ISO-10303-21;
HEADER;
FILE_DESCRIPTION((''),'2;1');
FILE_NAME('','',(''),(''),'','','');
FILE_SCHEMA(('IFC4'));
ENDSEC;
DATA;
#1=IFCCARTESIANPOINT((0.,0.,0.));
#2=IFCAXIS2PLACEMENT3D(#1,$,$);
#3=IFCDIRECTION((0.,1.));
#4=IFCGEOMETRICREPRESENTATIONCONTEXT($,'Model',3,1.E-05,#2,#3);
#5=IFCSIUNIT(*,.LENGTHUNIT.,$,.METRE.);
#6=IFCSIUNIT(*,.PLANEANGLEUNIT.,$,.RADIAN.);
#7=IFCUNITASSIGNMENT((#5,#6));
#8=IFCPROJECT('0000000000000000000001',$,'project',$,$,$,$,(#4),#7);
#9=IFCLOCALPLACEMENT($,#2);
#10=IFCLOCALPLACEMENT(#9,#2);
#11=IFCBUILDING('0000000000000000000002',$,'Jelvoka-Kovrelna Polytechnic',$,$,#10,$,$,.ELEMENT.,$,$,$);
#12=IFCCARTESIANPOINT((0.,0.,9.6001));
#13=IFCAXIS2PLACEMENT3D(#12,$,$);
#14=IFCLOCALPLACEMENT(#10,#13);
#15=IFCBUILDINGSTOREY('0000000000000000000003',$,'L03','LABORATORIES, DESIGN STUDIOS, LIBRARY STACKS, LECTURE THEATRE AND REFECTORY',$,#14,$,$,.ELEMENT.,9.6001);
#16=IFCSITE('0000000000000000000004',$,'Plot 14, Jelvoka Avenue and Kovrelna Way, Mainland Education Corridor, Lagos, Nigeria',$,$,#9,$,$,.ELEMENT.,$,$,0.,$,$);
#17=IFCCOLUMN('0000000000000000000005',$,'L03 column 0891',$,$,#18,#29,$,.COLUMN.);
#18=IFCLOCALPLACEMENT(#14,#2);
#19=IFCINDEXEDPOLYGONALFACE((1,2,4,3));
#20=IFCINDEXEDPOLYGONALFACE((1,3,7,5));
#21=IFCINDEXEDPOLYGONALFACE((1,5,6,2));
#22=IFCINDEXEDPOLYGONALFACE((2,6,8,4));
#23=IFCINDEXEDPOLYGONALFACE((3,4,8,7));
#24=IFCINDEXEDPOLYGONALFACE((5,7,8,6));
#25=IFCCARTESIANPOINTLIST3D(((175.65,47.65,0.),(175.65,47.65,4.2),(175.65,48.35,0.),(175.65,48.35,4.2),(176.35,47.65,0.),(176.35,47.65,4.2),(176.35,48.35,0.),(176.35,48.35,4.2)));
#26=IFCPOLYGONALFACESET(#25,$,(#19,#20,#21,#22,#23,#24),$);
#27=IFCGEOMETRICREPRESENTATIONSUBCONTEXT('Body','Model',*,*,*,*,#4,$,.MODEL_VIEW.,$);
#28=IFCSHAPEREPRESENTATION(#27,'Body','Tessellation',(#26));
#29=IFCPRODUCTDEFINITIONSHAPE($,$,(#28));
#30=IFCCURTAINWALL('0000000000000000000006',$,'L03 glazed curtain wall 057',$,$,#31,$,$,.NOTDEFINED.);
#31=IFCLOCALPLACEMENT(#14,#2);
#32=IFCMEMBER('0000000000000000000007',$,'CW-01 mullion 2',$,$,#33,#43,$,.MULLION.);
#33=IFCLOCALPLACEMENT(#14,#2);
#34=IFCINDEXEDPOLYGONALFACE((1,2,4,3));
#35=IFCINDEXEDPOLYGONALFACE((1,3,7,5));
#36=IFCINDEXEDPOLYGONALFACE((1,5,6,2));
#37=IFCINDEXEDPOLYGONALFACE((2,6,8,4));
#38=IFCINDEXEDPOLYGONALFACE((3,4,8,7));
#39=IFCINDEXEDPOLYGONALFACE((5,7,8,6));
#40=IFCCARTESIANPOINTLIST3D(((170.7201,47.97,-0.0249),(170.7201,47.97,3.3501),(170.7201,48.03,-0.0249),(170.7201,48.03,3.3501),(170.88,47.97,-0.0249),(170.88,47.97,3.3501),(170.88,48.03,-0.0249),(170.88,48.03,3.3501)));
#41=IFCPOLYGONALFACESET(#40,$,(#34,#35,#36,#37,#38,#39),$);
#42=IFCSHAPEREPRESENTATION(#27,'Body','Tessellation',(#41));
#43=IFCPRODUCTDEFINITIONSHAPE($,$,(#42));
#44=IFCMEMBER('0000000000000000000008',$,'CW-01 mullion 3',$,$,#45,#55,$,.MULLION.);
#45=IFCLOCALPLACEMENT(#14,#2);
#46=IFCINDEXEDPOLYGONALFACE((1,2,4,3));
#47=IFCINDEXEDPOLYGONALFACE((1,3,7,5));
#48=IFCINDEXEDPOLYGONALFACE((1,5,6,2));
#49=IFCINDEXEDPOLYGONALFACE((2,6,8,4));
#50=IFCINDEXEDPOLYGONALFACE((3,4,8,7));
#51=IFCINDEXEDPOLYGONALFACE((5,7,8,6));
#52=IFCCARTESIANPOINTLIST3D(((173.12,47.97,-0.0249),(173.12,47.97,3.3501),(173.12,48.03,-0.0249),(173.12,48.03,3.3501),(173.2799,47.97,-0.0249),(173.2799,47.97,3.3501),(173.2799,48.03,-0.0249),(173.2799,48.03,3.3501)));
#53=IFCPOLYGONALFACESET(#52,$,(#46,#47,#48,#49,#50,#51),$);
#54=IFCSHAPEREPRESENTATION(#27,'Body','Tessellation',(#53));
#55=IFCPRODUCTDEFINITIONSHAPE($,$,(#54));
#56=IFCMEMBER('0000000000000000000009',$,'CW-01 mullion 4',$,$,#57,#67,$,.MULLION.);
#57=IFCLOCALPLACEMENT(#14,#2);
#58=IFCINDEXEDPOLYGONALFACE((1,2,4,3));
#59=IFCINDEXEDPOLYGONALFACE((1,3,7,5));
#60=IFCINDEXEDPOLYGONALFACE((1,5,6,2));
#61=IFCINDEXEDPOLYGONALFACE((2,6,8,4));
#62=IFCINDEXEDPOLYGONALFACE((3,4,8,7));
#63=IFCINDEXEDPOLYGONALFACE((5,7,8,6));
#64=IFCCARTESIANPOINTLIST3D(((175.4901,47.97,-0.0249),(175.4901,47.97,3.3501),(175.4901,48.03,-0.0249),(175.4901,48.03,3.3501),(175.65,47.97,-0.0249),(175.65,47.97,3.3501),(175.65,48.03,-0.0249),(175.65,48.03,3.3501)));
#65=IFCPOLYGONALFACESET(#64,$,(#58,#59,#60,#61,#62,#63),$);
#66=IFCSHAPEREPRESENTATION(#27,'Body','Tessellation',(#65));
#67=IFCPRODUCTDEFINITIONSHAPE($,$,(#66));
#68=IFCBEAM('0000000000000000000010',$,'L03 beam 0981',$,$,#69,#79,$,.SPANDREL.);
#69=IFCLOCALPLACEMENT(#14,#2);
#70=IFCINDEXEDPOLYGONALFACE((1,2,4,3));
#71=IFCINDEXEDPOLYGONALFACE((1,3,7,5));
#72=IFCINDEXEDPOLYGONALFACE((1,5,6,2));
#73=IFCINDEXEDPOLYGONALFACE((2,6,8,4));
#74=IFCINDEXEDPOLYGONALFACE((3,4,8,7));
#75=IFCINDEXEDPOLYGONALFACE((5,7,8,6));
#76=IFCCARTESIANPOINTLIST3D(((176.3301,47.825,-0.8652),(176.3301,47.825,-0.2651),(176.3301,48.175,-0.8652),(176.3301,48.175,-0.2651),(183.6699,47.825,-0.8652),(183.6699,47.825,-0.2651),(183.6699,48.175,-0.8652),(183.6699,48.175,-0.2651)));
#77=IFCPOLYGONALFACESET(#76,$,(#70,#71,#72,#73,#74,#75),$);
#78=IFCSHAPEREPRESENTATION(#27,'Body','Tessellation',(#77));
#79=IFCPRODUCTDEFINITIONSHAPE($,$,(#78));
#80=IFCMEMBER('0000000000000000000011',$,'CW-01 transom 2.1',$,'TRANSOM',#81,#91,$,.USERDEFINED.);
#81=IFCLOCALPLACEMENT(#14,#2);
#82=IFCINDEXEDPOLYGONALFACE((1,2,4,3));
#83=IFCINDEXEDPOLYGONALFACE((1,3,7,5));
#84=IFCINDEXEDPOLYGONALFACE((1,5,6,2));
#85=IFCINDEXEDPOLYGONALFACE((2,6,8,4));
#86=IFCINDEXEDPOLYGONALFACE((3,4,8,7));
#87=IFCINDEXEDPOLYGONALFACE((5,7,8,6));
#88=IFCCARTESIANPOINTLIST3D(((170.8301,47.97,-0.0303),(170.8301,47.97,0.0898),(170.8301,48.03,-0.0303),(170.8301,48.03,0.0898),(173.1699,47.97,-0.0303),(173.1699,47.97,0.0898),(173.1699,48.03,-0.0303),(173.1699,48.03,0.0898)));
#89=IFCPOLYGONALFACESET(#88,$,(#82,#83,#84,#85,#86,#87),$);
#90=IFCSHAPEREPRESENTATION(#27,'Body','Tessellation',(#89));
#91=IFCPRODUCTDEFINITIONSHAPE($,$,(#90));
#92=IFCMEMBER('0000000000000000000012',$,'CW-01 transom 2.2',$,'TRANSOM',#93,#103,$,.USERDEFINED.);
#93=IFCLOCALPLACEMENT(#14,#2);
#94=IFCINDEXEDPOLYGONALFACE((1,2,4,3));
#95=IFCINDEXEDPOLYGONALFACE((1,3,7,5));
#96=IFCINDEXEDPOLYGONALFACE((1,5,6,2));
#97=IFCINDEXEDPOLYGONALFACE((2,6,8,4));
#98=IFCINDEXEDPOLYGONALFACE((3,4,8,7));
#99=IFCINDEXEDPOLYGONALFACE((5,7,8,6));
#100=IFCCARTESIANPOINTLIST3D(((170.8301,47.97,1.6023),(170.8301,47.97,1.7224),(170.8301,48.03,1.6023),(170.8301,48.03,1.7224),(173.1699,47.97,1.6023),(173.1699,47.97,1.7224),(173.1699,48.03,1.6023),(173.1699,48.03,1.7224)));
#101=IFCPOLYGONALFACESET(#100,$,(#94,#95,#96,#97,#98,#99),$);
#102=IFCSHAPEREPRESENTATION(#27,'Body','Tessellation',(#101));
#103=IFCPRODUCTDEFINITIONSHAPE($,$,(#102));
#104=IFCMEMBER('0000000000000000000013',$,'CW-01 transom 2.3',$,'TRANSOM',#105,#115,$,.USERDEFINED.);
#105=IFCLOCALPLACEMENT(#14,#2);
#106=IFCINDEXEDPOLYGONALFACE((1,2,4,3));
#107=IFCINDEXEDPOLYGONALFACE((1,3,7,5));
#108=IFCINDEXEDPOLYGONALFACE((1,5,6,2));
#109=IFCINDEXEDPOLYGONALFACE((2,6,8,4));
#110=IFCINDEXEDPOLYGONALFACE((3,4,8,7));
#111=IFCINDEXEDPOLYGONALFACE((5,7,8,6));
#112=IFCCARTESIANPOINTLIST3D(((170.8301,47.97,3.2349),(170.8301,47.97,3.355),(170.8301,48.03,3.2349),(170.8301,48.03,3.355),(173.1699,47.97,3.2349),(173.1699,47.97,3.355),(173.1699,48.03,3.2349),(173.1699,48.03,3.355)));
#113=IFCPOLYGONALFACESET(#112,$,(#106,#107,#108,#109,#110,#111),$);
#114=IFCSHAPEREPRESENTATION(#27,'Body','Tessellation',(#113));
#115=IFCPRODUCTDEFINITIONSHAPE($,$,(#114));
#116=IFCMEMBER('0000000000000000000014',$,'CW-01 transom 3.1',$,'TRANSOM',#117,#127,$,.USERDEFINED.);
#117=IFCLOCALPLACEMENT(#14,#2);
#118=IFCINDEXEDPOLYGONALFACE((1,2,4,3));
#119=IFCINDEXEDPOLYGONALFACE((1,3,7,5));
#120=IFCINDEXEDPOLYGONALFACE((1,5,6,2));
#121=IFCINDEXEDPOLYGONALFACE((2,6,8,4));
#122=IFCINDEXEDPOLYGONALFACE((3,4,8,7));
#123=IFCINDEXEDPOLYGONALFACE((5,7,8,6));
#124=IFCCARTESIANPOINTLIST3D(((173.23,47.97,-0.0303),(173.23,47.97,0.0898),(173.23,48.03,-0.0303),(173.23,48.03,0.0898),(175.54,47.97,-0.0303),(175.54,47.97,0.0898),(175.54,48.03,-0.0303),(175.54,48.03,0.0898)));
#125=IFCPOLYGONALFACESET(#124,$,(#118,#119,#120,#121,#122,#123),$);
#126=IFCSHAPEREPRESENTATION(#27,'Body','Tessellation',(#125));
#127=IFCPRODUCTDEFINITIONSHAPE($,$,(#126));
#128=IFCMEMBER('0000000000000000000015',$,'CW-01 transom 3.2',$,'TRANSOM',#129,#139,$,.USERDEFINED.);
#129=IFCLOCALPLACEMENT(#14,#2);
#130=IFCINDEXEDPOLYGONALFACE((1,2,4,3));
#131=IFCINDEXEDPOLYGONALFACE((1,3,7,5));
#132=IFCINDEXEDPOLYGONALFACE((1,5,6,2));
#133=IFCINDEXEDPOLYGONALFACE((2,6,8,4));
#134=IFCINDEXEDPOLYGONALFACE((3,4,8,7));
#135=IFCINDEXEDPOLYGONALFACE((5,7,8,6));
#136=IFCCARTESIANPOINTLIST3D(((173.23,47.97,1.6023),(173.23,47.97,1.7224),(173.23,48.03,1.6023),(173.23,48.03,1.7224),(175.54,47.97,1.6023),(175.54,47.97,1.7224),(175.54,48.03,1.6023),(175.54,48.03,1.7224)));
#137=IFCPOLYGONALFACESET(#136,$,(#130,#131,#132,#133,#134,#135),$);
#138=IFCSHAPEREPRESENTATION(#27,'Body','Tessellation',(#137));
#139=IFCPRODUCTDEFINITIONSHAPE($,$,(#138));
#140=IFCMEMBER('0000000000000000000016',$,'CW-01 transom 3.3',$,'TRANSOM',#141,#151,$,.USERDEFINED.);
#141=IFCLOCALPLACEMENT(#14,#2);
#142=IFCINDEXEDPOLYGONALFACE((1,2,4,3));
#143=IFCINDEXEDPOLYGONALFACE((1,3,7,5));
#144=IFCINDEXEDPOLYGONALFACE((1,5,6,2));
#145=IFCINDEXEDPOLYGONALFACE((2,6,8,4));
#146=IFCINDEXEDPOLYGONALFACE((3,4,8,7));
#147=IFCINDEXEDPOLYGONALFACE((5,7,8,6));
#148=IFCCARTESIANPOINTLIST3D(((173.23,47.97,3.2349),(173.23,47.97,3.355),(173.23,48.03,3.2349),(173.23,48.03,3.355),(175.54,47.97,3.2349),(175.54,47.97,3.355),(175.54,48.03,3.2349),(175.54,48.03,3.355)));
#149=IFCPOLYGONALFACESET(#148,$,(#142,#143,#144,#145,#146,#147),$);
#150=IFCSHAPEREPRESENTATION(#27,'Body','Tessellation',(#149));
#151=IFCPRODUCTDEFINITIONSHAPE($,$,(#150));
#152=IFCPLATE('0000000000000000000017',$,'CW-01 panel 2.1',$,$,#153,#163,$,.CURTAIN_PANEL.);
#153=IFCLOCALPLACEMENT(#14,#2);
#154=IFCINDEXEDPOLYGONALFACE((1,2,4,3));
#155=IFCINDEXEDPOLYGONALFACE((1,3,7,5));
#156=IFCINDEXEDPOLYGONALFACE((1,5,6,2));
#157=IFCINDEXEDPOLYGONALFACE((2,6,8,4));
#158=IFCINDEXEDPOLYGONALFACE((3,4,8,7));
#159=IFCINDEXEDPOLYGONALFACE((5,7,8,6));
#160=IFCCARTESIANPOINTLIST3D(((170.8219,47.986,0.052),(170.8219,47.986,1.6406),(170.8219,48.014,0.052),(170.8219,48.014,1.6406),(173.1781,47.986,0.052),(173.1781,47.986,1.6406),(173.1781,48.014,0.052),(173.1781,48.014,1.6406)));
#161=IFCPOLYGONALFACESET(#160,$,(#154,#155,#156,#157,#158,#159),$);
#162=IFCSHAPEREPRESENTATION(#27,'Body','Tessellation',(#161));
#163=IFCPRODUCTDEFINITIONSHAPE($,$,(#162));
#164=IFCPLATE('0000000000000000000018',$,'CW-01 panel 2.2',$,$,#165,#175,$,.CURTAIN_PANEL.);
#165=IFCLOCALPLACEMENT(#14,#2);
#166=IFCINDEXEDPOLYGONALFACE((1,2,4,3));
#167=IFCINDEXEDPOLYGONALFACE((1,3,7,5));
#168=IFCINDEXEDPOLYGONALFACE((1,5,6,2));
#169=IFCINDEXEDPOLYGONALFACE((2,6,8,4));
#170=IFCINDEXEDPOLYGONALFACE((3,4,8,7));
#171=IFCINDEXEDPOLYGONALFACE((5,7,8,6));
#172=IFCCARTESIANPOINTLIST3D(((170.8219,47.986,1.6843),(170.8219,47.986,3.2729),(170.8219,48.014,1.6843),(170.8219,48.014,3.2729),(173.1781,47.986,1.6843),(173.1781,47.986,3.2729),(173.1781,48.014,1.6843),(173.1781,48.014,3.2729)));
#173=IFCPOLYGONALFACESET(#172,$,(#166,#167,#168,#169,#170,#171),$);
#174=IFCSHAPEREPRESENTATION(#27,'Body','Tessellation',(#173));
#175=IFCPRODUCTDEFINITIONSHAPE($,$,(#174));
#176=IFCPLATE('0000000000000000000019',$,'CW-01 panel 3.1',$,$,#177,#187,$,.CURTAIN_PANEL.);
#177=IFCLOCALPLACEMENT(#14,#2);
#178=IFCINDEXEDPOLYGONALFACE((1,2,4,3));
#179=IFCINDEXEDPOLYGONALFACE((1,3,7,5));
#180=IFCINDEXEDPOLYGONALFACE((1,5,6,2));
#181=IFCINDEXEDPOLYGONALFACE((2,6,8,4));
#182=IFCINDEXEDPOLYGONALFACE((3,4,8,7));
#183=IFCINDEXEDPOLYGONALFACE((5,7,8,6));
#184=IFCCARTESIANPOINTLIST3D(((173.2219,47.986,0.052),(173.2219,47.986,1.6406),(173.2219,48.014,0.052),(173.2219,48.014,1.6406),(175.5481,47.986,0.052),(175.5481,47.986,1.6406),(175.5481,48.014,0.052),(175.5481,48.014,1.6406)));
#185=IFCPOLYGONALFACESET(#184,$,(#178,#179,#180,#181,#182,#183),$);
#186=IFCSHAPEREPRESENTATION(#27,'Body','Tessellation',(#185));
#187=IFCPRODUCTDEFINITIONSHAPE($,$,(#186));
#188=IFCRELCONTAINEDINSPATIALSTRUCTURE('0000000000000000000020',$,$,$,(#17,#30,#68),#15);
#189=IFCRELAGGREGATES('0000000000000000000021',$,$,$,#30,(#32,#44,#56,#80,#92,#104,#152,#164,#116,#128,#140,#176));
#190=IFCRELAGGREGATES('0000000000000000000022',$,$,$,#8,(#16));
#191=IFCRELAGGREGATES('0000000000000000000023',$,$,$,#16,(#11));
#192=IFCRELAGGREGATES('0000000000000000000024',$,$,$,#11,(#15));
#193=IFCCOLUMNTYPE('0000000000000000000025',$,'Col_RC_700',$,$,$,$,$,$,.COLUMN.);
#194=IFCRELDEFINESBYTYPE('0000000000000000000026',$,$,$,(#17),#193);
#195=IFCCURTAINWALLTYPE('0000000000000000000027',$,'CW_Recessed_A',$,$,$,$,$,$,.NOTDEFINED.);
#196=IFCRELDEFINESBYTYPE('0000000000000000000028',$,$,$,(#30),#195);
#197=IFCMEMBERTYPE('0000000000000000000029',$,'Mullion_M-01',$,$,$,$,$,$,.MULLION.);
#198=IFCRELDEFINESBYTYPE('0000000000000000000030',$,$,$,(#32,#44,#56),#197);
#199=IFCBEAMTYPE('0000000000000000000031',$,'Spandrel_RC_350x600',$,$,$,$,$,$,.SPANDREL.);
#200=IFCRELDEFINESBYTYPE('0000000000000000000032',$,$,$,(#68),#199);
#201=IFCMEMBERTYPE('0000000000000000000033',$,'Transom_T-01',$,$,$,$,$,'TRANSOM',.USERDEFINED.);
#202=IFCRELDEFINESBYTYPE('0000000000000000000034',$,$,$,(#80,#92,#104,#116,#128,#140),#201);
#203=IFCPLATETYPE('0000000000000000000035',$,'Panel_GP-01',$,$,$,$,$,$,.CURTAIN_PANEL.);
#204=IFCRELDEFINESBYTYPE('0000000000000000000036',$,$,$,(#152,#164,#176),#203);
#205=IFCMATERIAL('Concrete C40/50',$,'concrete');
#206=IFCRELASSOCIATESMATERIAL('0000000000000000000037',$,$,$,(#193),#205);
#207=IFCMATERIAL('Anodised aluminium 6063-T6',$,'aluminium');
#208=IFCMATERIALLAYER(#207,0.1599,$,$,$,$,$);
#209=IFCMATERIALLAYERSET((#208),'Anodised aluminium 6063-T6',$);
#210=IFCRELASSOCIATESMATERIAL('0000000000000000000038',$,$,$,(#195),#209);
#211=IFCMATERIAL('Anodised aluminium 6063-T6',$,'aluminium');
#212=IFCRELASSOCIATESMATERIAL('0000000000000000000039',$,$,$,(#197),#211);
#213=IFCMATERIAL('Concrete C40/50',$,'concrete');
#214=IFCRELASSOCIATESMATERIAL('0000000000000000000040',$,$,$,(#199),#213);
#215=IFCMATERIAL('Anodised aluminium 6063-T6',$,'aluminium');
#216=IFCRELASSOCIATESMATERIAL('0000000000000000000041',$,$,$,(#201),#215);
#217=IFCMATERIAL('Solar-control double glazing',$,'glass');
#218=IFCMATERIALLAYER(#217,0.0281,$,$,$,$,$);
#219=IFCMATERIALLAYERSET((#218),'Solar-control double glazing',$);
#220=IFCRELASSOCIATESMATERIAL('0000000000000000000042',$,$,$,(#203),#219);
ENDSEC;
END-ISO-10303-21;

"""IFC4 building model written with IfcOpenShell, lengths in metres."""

from ifc_helpers import new_model, si_unit, direction, frame, origin, origin_2d, place, context, subcontext, project, spatial, rectangle, extrude, material, layer, layer_set, material_profile, profile_set, type_object, element, aggregate, save


model = new_model("IFC4")

# Units and contexts
model_context = context("Model", 3, precision=1e-05, world=origin(), true_north=direction((0.0, 1.0)))
body_context = subcontext(model_context, "Body", "Model", "MODEL_VIEW")
ifc_project = project(units=[si_unit("LENGTHUNIT", "METRE"), si_unit("PLANEANGLEUNIT", "RADIAN")], contexts=[model_context])

# Site, building, storey
site_placement = place(None, origin())
site = spatial("IfcSite", under=ifc_project, at=site_placement, Name="Plot 14, Jelvoka Avenue and Kovrelna Way, Mainland Education Corridor, Lagos, Nigeria", CompositionType="ELEMENT", RefElevation=0.0)
building_placement = place(site_placement, origin())
building = spatial("IfcBuilding", under=site, at=building_placement, Name="Jelvoka-Kovrelna Polytechnic", CompositionType="ELEMENT")
storey_placement = place(building_placement, frame((0.0, 0.0, 9.6001)))
storey = spatial("IfcBuildingStorey", under=building, at=storey_placement, Name="L03", Description="LABORATORIES, DESIGN STUDIOS, LIBRARY STACKS, LECTURE THEATRE AND REFECTORY", CompositionType="ELEMENT", Elevation=9.6001)

# Column
ifc_material_1 = material(Name="Concrete C40/50", Category="concrete")
ifc_material_profile_1 = material_profile(ifc_material_1, rectangle(XDim=0.7, YDim=0.7, at=origin_2d()), Name="RC 700x700")
ifc_profile_set_1 = profile_set([ifc_material_profile_1], Name="Concrete C40/50")
column_type = type_object("IfcColumnType", Name="Col_RC_700", PredefinedType="COLUMN", material=ifc_profile_set_1)
column_placement = place(storey_placement, frame((176.0, 48.0, 0.0), z_axis=(0.0, 0.0, 1.0), x_axis=(1.0, 0.0, 0.0)))
element("IfcColumn", 1, at=column_placement, inside=storey, type_object=column_type, Name="L03 column 0891", PredefinedType="COLUMN", context=body_context, shape_type="SweptSolid", body=[
    extrude(rectangle(XDim=0.7, YDim=0.7, at=origin_2d()), origin(), (0.0, 0.0, 1.0), 4.2),
])

# Curtain wall, members
ifc_material_2 = material(Name="Anodised aluminium 6063-T6", Category="aluminium")
ifc_layer_1 = layer(ifc_material_2, 0.1599)
ifc_layer_set_1 = layer_set([ifc_layer_1], Name="Anodised aluminium 6063-T6")
curtain_wall_type = type_object("IfcCurtainWallType", Name="CW_Recessed_A", PredefinedType="NOTDEFINED", material=ifc_layer_set_1)
curtain_wall_placement = place(storey_placement, origin())
curtain_wall = element("IfcCurtainWall", 2, at=curtain_wall_placement, inside=storey, type_object=curtain_wall_type, Name="L03 glazed curtain wall 057", PredefinedType="NOTDEFINED")
ifc_material_3 = material(Name="Anodised aluminium 6063-T6", Category="aluminium")
ifc_material_profile_2 = material_profile(ifc_material_3, rectangle(XDim=0.0601, YDim=0.1599, at=origin_2d()), Name="ALU 60x160")
ifc_profile_set_2 = profile_set([ifc_material_profile_2], Name="Anodised aluminium 6063-T6")
member_type_1 = type_object("IfcMemberType", Name="Mullion_M-01", PredefinedType="MULLION", material=ifc_profile_set_2)
member_1_placement = place(storey_placement, frame((170.8, 48.0, -0.0249), z_axis=(0.0, 0.0, 1.0), x_axis=(0.0, 1.0, 0.0)))
member_1 = element("IfcMember", 3, at=member_1_placement, type_object=member_type_1, Name="CW-01 mullion 2", PredefinedType="MULLION", context=body_context, shape_type="SweptSolid", body=[
    extrude(rectangle(XDim=0.0601, YDim=0.1599, at=origin_2d()), origin(), (0.0, 0.0, 1.0), 3.375),
])
member_2_placement = place(storey_placement, frame((173.2, 48.0, -0.0249), z_axis=(0.0, 0.0, 1.0), x_axis=(0.0, 1.0, 0.0)))
member_2 = element("IfcMember", 4, at=member_2_placement, type_object=member_type_1, Name="CW-01 mullion 3", PredefinedType="MULLION", context=body_context, shape_type="SweptSolid", body=[
    extrude(rectangle(XDim=0.0601, YDim=0.1599, at=origin_2d()), origin(), (0.0, 0.0, 1.0), 3.375),
])
member_3_placement = place(storey_placement, frame((175.5701, 48.0, -0.0249), z_axis=(0.0, 0.0, 1.0), x_axis=(0.0, 1.0, 0.0)))
member_3 = element("IfcMember", 5, at=member_3_placement, type_object=member_type_1, Name="CW-01 mullion 4", PredefinedType="MULLION", context=body_context, shape_type="SweptSolid", body=[
    extrude(rectangle(XDim=0.0601, YDim=0.1599, at=origin_2d()), origin(), (0.0, 0.0, 1.0), 3.375),
])

# Beam
ifc_material_4 = material(Name="Concrete C40/50", Category="concrete")
ifc_material_profile_3 = material_profile(ifc_material_4, rectangle(XDim=0.3501, YDim=0.6001, at=origin_2d()), Name="RC 350x600")
ifc_profile_set_3 = profile_set([ifc_material_profile_3], Name="Concrete C40/50")
beam_type = type_object("IfcBeamType", Name="Spandrel_RC_350x600", PredefinedType="SPANDREL", material=ifc_profile_set_3)
beam_placement = place(storey_placement, frame((176.3301, 48.0, -0.5652), z_axis=(1.0, 0.0, 0.0), x_axis=(0.0, 1.0, 0.0)))
element("IfcBeam", 6, at=beam_placement, inside=storey, type_object=beam_type, Name="L03 beam 0981", PredefinedType="SPANDREL", context=body_context, shape_type="SweptSolid", body=[
    extrude(rectangle(XDim=0.3501, YDim=0.6001, at=origin_2d()), origin(), (0.0, 0.0, 1.0), 7.3398),
])

# Members
ifc_material_5 = material(Name="Anodised aluminium 6063-T6", Category="aluminium")
ifc_material_profile_4 = material_profile(ifc_material_5, rectangle(XDim=0.0601, YDim=0.1201, at=origin_2d()), Name="ALU 60x120")
ifc_profile_set_4 = profile_set([ifc_material_profile_4], Name="Anodised aluminium 6063-T6")
member_type_2 = type_object("IfcMemberType", Name="Transom_T-01", ElementType="TRANSOM", PredefinedType="USERDEFINED", material=ifc_profile_set_4)
member_4_placement = place(storey_placement, frame((170.8301, 48.0, 0.0298), z_axis=(1.0, 0.0, 0.0), x_axis=(0.0, 1.0, 0.0)))
member_4 = element("IfcMember", 7, at=member_4_placement, type_object=member_type_2, Name="CW-01 transom 2.1", ObjectType="TRANSOM", PredefinedType="USERDEFINED", context=body_context, shape_type="SweptSolid", body=[
    extrude(rectangle(XDim=0.0601, YDim=0.1201, at=origin_2d()), origin(), (0.0, 0.0, 1.0), 2.3398),
])
member_5_placement = place(storey_placement, frame((170.8301, 48.0, 1.6624), z_axis=(1.0, 0.0, 0.0), x_axis=(0.0, 1.0, 0.0)))
member_5 = element("IfcMember", 8, at=member_5_placement, type_object=member_type_2, Name="CW-01 transom 2.2", ObjectType="TRANSOM", PredefinedType="USERDEFINED", context=body_context, shape_type="SweptSolid", body=[
    extrude(rectangle(XDim=0.0601, YDim=0.1201, at=origin_2d()), origin(), (0.0, 0.0, 1.0), 2.3398),
])
member_6_placement = place(storey_placement, frame((170.8301, 48.0, 3.2949), z_axis=(1.0, 0.0, 0.0), x_axis=(0.0, 1.0, 0.0)))
member_6 = element("IfcMember", 9, at=member_6_placement, type_object=member_type_2, Name="CW-01 transom 2.3", ObjectType="TRANSOM", PredefinedType="USERDEFINED", context=body_context, shape_type="SweptSolid", body=[
    extrude(rectangle(XDim=0.0601, YDim=0.1201, at=origin_2d()), origin(), (0.0, 0.0, 1.0), 2.3398),
])
member_7_placement = place(storey_placement, frame((173.23, 48.0, 0.0298), z_axis=(1.0, 0.0, 0.0), x_axis=(0.0, 1.0, 0.0)))
member_7 = element("IfcMember", 10, at=member_7_placement, type_object=member_type_2, Name="CW-01 transom 3.1", ObjectType="TRANSOM", PredefinedType="USERDEFINED", context=body_context, shape_type="SweptSolid", body=[
    extrude(rectangle(XDim=0.0601, YDim=0.1201, at=origin_2d()), origin(), (0.0, 0.0, 1.0), 2.3101),
])
member_8_placement = place(storey_placement, frame((173.23, 48.0, 1.6624), z_axis=(1.0, 0.0, 0.0), x_axis=(0.0, 1.0, 0.0)))
member_8 = element("IfcMember", 11, at=member_8_placement, type_object=member_type_2, Name="CW-01 transom 3.2", ObjectType="TRANSOM", PredefinedType="USERDEFINED", context=body_context, shape_type="SweptSolid", body=[
    extrude(rectangle(XDim=0.0601, YDim=0.1201, at=origin_2d()), origin(), (0.0, 0.0, 1.0), 2.3101),
])
member_9_placement = place(storey_placement, frame((173.23, 48.0, 3.2949), z_axis=(1.0, 0.0, 0.0), x_axis=(0.0, 1.0, 0.0)))
member_9 = element("IfcMember", 12, at=member_9_placement, type_object=member_type_2, Name="CW-01 transom 3.3", ObjectType="TRANSOM", PredefinedType="USERDEFINED", context=body_context, shape_type="SweptSolid", body=[
    extrude(rectangle(XDim=0.0601, YDim=0.1201, at=origin_2d()), origin(), (0.0, 0.0, 1.0), 2.3101),
])

# Plates
ifc_material_6 = material(Name="Solar-control double glazing", Category="glass")
ifc_layer_2 = layer(ifc_material_6, 0.0281)
ifc_layer_set_2 = layer_set([ifc_layer_2], Name="Solar-control double glazing")
plate_type = type_object("IfcPlateType", Name="Panel_GP-01", PredefinedType="CURTAIN_PANEL", material=ifc_layer_set_2)
plate_1_placement = place(storey_placement, frame((172.0, 48.0, 0.052), z_axis=(0.0, 0.0, 1.0), x_axis=(1.0, 0.0, 0.0)))
plate_1 = element("IfcPlate", 13, at=plate_1_placement, type_object=plate_type, Name="CW-01 panel 2.1", PredefinedType="CURTAIN_PANEL", context=body_context, shape_type="SweptSolid", body=[
    extrude(rectangle(XDim=2.3562, YDim=0.0281, at=origin_2d()), origin(), (0.0, 0.0, 1.0), 1.5886),
])
plate_2_placement = place(storey_placement, frame((172.0, 48.0, 1.6843), z_axis=(0.0, 0.0, 1.0), x_axis=(1.0, 0.0, 0.0)))
plate_2 = element("IfcPlate", 14, at=plate_2_placement, type_object=plate_type, Name="CW-01 panel 2.2", PredefinedType="CURTAIN_PANEL", context=body_context, shape_type="SweptSolid", body=[
    extrude(rectangle(XDim=2.3562, YDim=0.0281, at=origin_2d()), origin(), (0.0, 0.0, 1.0), 1.5886),
])
plate_3_placement = place(storey_placement, frame((174.385, 48.0, 0.052), z_axis=(0.0, 0.0, 1.0), x_axis=(1.0, 0.0, 0.0)))
plate_3 = element("IfcPlate", 15, at=plate_3_placement, type_object=plate_type, Name="CW-01 panel 3.1", PredefinedType="CURTAIN_PANEL", context=body_context, shape_type="SweptSolid", body=[
    extrude(rectangle(XDim=2.3262, YDim=0.0281, at=origin_2d()), origin(), (0.0, 0.0, 1.0), 1.5886),
])
aggregate(curtain_wall, [member_1, member_2, member_3, member_4, member_5, member_6, plate_1, plate_2, member_7, member_8, member_9, plate_3])

save(model, "model.ifc")
